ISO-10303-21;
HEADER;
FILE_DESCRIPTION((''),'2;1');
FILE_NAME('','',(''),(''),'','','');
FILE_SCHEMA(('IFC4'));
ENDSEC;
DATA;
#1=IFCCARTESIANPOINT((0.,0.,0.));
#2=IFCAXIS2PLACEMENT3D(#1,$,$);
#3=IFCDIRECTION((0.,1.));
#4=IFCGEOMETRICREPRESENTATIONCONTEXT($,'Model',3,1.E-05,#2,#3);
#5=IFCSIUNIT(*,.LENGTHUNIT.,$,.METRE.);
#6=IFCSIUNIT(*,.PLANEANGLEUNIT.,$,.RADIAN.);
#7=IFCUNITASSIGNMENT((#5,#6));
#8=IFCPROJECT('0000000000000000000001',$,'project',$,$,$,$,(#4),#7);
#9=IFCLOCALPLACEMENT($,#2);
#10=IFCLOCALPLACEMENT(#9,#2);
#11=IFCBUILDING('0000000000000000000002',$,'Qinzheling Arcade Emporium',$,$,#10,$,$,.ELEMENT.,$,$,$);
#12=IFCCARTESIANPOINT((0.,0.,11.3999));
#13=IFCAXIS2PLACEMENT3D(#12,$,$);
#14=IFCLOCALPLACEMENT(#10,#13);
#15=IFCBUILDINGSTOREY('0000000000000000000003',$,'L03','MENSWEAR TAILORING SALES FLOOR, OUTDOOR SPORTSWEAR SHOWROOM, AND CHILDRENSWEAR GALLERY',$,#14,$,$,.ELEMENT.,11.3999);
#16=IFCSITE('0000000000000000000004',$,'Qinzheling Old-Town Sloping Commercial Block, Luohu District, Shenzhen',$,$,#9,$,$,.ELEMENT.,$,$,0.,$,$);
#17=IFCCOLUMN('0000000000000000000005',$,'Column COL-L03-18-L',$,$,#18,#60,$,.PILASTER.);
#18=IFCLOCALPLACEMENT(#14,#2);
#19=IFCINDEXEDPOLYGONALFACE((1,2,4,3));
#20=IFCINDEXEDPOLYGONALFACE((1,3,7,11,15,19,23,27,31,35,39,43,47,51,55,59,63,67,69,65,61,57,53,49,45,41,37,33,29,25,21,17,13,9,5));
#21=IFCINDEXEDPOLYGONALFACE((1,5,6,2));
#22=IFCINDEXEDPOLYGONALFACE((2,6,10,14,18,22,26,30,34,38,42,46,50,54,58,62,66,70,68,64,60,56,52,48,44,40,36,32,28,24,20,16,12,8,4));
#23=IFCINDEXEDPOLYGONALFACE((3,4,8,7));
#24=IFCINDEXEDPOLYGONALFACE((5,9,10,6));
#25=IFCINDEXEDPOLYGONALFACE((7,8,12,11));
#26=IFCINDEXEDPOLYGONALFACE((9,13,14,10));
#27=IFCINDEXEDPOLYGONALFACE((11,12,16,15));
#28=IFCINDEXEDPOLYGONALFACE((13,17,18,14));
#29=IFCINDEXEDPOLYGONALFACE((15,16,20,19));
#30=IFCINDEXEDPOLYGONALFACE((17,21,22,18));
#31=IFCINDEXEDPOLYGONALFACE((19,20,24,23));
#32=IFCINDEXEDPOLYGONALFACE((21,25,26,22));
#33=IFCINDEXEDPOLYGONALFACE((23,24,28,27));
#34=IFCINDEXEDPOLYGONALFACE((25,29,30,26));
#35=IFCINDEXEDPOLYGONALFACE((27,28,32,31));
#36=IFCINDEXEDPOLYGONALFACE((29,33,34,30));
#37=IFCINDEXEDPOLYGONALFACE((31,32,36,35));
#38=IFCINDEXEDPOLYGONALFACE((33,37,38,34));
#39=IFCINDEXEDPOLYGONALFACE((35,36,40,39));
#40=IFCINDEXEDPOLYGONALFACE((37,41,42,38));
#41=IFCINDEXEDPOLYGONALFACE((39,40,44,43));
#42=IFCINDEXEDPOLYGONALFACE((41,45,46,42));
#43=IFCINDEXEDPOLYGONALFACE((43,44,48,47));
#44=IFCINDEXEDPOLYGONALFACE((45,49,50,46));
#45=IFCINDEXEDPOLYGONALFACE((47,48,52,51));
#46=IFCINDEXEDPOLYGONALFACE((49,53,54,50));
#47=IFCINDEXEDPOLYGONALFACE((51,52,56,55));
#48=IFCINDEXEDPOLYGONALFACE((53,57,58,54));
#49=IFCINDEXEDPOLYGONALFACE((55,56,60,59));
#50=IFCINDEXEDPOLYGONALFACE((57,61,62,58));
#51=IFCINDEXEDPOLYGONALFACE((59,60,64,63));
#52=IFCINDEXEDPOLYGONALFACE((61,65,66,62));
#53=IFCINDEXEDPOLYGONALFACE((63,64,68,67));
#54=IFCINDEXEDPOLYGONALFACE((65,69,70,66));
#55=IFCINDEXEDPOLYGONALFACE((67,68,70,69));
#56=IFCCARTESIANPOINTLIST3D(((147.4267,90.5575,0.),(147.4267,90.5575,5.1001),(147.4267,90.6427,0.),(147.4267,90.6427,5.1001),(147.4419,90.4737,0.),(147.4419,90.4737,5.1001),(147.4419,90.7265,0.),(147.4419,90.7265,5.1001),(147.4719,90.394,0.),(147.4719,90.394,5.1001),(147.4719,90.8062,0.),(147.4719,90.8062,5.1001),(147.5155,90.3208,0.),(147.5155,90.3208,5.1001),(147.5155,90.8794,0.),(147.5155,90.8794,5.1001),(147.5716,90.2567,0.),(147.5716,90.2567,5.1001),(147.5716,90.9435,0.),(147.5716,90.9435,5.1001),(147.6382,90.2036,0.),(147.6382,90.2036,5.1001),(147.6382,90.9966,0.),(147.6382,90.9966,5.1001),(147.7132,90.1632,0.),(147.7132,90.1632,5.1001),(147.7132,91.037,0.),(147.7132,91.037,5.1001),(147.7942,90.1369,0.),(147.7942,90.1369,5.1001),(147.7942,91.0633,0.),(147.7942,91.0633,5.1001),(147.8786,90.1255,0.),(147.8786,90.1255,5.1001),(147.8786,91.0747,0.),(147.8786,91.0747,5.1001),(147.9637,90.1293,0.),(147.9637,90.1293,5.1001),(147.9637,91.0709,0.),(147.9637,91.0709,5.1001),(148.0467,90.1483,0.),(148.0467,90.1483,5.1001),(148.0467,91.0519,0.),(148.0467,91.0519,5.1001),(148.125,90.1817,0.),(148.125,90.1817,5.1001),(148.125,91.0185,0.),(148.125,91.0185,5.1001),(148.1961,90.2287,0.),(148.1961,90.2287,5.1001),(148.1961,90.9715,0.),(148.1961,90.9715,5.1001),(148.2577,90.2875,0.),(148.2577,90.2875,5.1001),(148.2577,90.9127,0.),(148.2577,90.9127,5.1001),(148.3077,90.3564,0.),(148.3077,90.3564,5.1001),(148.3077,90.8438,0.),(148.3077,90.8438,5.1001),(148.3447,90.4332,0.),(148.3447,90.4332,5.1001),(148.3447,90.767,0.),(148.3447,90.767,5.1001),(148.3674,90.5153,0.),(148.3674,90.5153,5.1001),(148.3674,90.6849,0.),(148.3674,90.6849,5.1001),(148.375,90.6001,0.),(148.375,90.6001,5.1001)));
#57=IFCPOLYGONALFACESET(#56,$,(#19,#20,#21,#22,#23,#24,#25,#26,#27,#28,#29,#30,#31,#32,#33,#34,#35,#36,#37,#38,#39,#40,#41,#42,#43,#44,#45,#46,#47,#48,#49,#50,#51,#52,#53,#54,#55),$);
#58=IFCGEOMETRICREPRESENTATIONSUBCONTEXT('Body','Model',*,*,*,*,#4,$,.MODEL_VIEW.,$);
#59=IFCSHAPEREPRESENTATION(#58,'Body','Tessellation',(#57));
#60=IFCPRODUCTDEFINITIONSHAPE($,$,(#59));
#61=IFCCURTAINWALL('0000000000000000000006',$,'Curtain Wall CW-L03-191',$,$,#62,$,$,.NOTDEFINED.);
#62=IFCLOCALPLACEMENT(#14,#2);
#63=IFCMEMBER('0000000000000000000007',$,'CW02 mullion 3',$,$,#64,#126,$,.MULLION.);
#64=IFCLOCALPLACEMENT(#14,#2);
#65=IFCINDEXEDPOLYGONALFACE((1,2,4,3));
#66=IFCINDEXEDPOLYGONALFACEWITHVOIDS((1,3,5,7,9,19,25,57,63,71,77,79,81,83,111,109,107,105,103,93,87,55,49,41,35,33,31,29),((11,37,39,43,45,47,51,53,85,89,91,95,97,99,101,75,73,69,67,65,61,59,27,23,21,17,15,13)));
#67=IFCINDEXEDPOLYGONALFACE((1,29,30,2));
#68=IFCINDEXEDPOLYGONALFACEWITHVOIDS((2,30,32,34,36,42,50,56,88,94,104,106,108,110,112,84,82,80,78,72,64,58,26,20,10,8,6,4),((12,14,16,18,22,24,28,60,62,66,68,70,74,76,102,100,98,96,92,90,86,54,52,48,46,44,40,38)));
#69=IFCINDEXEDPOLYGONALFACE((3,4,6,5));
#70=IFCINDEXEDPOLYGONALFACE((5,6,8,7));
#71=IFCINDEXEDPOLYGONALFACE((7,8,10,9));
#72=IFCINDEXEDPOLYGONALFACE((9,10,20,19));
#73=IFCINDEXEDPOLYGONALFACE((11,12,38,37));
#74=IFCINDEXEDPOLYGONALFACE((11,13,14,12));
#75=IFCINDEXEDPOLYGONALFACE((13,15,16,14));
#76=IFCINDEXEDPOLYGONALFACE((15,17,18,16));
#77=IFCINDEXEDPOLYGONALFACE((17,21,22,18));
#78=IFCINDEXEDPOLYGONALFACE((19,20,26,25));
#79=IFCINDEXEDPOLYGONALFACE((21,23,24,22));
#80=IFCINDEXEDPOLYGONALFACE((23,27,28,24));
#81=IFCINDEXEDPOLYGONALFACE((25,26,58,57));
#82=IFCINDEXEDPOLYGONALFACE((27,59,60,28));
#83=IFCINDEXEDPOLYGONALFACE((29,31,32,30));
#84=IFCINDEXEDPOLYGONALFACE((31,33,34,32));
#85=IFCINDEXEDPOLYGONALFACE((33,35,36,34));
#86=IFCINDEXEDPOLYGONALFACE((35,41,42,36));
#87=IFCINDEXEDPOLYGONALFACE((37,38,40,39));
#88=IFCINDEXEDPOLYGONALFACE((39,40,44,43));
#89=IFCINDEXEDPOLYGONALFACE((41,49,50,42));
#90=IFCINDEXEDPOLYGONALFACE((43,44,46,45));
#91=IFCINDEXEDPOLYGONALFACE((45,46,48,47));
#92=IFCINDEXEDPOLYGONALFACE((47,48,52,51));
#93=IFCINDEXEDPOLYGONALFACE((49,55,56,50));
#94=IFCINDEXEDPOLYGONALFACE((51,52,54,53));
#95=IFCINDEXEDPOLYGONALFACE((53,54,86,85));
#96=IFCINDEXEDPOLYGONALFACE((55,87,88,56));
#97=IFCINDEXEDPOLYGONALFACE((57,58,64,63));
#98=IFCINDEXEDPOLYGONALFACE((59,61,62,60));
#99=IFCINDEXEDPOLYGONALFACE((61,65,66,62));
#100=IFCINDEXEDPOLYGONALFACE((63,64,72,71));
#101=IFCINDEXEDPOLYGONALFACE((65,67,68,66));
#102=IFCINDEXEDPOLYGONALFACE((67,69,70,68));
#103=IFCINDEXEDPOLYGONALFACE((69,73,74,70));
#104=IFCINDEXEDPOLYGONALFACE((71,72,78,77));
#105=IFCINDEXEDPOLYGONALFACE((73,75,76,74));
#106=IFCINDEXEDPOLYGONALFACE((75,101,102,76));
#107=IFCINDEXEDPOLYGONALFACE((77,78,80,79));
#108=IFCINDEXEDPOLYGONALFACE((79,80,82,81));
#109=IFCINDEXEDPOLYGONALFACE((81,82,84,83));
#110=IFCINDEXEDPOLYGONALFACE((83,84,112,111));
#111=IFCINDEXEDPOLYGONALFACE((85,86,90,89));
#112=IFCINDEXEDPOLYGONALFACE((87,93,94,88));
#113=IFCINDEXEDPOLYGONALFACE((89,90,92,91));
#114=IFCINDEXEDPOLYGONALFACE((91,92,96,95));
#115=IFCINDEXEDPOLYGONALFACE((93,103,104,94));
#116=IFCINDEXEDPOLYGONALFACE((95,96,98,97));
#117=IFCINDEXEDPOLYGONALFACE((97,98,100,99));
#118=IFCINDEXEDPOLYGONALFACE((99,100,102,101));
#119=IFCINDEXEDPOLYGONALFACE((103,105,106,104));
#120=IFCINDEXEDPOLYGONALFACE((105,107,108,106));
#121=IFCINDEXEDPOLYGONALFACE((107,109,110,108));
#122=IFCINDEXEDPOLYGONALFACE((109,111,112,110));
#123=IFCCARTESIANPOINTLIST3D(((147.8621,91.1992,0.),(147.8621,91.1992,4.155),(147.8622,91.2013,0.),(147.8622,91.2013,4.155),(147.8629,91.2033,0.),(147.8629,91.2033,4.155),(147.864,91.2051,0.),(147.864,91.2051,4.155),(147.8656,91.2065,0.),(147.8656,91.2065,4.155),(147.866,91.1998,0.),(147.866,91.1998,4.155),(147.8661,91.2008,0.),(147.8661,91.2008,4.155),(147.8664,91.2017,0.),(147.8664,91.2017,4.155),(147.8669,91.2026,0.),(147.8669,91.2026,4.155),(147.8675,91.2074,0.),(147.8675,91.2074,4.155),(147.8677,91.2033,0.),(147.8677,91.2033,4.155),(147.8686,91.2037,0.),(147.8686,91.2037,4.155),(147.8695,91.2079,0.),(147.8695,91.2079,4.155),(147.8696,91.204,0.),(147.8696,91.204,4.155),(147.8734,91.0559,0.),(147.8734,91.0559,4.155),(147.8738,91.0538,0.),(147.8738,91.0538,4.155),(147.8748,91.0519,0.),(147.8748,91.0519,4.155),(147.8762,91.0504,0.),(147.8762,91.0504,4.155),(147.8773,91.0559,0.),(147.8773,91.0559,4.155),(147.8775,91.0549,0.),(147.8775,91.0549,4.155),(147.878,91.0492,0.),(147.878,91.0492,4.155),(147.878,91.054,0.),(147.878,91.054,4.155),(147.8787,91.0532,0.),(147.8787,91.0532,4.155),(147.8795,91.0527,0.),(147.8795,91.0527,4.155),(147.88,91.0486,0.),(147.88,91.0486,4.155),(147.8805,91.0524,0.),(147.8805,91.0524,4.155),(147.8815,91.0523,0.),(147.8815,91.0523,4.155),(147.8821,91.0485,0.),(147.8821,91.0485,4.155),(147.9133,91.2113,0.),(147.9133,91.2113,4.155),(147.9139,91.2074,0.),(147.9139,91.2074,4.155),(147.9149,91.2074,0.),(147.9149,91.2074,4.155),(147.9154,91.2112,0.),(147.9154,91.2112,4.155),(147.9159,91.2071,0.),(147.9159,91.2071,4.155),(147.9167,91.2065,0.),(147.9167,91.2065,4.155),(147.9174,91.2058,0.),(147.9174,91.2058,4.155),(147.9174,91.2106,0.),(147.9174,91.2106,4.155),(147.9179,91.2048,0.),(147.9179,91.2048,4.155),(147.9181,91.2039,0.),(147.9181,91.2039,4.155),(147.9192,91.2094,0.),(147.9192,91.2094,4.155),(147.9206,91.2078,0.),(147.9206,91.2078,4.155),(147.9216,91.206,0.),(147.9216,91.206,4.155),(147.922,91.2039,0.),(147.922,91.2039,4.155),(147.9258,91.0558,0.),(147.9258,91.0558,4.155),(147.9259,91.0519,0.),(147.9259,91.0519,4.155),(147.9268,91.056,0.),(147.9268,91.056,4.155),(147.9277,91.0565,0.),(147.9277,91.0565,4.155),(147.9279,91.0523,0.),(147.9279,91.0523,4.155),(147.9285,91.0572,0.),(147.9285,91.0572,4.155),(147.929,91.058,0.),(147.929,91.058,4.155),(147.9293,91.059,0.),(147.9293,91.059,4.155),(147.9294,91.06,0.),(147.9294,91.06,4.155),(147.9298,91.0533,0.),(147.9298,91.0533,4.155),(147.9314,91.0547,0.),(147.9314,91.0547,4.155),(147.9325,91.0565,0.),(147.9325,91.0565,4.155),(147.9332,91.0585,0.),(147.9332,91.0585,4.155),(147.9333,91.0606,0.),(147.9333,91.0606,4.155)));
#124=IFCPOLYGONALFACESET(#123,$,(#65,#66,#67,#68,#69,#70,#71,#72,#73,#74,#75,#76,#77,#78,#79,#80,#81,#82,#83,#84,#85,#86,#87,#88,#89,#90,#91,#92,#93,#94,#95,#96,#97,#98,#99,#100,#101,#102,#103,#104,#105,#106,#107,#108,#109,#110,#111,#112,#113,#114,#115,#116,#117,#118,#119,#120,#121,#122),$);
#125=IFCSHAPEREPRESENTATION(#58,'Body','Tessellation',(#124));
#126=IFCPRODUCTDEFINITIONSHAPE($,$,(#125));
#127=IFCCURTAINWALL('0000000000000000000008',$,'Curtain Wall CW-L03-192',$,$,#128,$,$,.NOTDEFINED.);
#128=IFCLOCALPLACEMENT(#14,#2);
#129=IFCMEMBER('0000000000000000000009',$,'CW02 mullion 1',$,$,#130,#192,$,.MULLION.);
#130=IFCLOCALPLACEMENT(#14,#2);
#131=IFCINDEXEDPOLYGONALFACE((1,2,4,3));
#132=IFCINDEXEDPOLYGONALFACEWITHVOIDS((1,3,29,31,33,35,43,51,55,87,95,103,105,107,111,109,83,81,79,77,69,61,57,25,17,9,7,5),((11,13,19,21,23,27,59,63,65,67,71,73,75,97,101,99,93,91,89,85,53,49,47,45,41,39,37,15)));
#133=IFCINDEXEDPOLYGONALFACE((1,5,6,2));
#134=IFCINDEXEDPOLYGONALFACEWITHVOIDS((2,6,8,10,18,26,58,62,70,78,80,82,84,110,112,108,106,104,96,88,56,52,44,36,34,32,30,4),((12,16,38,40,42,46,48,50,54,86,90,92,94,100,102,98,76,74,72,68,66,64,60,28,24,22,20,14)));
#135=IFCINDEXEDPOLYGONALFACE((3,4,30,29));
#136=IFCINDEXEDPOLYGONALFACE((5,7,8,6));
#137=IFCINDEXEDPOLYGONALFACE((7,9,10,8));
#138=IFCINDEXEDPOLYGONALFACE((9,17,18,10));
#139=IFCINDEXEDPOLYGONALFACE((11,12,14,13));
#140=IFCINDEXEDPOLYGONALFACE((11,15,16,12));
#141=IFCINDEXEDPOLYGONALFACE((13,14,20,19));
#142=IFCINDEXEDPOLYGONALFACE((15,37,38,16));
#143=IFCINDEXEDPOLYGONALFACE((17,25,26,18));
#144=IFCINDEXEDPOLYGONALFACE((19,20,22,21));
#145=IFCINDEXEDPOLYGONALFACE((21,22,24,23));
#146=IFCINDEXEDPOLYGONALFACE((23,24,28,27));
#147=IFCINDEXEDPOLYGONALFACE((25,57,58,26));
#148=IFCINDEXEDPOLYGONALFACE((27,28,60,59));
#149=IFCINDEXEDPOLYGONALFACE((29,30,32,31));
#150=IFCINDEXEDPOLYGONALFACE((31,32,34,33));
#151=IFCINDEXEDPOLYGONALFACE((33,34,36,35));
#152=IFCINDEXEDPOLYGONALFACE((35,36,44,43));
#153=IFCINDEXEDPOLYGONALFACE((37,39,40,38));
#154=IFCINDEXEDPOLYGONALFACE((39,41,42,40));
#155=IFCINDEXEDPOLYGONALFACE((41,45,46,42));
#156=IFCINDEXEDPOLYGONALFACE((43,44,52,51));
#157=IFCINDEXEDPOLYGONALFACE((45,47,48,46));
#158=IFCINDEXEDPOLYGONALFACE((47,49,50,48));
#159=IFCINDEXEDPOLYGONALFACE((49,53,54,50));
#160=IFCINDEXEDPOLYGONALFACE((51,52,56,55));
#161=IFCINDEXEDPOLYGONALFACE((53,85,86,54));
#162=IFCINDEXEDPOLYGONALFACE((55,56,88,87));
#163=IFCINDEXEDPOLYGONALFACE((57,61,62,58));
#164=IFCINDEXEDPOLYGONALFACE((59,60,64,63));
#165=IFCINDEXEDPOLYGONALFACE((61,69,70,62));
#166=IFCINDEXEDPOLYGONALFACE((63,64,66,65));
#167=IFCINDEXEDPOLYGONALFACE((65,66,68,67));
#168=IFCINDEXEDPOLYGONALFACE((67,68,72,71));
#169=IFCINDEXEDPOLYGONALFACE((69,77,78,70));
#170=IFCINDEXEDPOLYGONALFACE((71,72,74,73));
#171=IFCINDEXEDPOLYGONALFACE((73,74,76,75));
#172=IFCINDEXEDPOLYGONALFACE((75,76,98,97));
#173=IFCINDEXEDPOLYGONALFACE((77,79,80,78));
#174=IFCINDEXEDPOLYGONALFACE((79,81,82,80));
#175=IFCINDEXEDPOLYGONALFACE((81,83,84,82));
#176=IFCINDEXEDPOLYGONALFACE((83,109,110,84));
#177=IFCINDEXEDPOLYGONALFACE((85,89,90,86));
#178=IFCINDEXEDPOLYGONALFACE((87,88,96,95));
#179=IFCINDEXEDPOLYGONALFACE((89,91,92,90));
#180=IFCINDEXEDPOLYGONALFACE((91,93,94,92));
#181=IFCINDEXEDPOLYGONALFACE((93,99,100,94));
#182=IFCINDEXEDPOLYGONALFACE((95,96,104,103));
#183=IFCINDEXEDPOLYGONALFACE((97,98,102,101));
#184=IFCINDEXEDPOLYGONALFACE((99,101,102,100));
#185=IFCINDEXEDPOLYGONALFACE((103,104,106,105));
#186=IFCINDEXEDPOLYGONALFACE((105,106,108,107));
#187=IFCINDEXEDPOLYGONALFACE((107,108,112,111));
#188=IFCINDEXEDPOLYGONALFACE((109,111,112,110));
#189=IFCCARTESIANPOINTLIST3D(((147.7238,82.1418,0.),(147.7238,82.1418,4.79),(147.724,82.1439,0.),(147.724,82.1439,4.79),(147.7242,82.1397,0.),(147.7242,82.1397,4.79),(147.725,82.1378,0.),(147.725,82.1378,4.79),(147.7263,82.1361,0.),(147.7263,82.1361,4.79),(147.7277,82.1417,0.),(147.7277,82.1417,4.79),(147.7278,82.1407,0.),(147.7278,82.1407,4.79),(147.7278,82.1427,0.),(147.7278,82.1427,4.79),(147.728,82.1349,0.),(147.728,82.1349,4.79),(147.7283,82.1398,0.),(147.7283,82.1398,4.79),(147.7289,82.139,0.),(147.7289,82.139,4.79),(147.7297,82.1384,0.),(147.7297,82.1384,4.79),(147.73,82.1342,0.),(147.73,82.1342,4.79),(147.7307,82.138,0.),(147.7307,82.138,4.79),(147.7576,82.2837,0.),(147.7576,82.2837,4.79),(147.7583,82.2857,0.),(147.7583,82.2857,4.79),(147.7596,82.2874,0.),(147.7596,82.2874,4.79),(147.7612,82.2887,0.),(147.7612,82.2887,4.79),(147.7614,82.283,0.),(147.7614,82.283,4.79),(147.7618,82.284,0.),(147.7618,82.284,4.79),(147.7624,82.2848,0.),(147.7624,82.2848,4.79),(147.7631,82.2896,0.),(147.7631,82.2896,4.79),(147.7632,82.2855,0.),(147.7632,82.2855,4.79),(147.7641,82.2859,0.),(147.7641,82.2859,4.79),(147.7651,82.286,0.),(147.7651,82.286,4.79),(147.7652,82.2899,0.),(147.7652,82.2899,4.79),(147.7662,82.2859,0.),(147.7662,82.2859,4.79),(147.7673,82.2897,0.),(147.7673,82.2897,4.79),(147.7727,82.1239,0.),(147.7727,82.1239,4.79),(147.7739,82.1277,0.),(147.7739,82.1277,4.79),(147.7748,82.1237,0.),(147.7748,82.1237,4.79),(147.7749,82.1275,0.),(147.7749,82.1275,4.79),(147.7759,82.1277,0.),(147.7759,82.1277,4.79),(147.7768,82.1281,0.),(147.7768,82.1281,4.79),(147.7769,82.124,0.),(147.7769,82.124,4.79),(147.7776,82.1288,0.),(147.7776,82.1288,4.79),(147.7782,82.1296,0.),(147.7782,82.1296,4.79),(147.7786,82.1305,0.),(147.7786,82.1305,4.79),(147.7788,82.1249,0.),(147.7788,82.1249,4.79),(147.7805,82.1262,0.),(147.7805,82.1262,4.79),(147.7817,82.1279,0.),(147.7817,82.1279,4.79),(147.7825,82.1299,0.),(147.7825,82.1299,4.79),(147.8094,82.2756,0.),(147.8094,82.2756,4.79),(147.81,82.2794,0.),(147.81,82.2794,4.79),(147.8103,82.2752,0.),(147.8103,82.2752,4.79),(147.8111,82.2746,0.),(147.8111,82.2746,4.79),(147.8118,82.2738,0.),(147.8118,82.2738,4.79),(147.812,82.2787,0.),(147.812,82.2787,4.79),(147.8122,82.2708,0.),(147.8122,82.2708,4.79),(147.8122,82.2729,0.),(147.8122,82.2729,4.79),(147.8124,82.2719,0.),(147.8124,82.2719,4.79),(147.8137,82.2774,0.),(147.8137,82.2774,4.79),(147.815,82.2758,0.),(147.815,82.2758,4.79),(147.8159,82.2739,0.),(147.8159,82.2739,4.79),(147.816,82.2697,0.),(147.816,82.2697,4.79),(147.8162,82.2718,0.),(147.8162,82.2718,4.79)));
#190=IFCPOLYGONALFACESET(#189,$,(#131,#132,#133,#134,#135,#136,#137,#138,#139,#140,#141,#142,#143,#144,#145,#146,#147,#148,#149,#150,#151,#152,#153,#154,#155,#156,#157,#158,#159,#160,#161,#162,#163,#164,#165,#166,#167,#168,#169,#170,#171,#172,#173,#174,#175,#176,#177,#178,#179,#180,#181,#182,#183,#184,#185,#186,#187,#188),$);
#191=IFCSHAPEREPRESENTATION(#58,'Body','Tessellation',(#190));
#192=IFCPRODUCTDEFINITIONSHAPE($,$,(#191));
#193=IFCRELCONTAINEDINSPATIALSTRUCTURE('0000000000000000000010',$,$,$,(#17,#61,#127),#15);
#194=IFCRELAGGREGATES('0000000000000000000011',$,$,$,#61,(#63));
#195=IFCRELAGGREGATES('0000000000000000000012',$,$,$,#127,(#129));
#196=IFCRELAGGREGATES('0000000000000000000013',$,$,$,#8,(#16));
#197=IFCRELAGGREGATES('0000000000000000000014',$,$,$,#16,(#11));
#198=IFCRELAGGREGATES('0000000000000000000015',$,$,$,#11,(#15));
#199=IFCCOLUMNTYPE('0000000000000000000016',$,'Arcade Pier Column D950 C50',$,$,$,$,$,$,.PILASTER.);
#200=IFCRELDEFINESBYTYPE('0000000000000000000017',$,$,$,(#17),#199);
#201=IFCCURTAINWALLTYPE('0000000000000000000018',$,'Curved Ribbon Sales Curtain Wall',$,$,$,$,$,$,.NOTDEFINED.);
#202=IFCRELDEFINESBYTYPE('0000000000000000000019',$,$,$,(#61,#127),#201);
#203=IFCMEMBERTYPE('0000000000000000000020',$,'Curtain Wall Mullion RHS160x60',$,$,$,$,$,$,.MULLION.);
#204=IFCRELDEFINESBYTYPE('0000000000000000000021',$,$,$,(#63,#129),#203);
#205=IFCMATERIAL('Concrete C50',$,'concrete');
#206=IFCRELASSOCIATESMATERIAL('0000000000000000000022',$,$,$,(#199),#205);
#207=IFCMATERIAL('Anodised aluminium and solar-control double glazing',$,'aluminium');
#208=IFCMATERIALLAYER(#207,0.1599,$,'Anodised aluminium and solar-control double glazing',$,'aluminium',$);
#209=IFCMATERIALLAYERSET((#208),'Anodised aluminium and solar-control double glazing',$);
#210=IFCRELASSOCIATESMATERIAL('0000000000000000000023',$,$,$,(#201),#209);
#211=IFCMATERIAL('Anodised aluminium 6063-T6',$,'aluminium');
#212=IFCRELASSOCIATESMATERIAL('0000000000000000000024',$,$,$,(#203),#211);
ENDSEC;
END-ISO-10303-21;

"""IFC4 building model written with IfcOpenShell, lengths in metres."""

from ifc_helpers import new_model, si_unit, direction, frame, origin, origin_2d, place, context, subcontext, project, spatial, hollow_rectangle, circle, extrude, material, layer, layer_set, material_profile, profile_set, type_object, element, aggregate, save


model = new_model("IFC4")

# Units and contexts
model_context = context("Model", 3, precision=1e-05, world=origin(), true_north=direction((0.0, 1.0)))
body_context = subcontext(model_context, "Body", "Model", "MODEL_VIEW")
ifc_project = project(units=[si_unit("LENGTHUNIT", "METRE"), si_unit("PLANEANGLEUNIT", "RADIAN")], contexts=[model_context])

# Site, building, storey
site_placement = place(None, origin())
site = spatial("IfcSite", under=ifc_project, at=site_placement, Name="Qinzheling Old-Town Sloping Commercial Block, Luohu District, Shenzhen", CompositionType="ELEMENT", RefElevation=0.0)
building_placement = place(site_placement, origin())
building = spatial("IfcBuilding", under=site, at=building_placement, Name="Qinzheling Arcade Emporium", CompositionType="ELEMENT")
storey_placement = place(building_placement, frame((0.0, 0.0, 11.3999)))
storey = spatial("IfcBuildingStorey", under=building, at=storey_placement, Name="L03", Description="MENSWEAR TAILORING SALES FLOOR, OUTDOOR SPORTSWEAR SHOWROOM, AND CHILDRENSWEAR GALLERY", CompositionType="ELEMENT", Elevation=11.3999)

# Column
ifc_material_1 = material(Name="Concrete C50", Category="concrete")
ifc_material_profile_1 = material_profile(ifc_material_1, circle(Radius=0.4751, at=origin_2d()), Name="RC D950", Category="concrete")
ifc_profile_set_1 = profile_set([ifc_material_profile_1], Name="Concrete C50")
column_type = type_object("IfcColumnType", Name="Arcade Pier Column D950 C50", PredefinedType="PILASTER", material=ifc_profile_set_1)
column_placement = place(storey_placement, frame((147.8999, 90.6001, 0.0), z_axis=(0.0, 0.0, 1.0), x_axis=(1.0, 0.0, 0.0)))
element("IfcColumn", 1, at=column_placement, inside=storey, type_object=column_type, Name="Column COL-L03-18-L", PredefinedType="PILASTER", context=body_context, shape_type="SweptSolid", body=[
    extrude(circle(Radius=0.4751, at=origin_2d()), origin(), (0.0, 0.0, 1.0), 5.1001),
])

# Curtain wall, member
ifc_material_2 = material(Name="Anodised aluminium and solar-control double glazing", Category="aluminium")
ifc_layer_1 = layer(ifc_material_2, 0.1599, Name="Anodised aluminium and solar-control double glazing", Category="aluminium")
ifc_layer_set_1 = layer_set([ifc_layer_1], Name="Anodised aluminium and solar-control double glazing")
curtain_wall_type = type_object("IfcCurtainWallType", Name="Curved Ribbon Sales Curtain Wall", PredefinedType="NOTDEFINED", material=ifc_layer_set_1)
curtain_wall_1_placement = place(storey_placement, origin())
curtain_wall_1 = element("IfcCurtainWall", 2, at=curtain_wall_1_placement, inside=storey, type_object=curtain_wall_type, Name="Curtain Wall CW-L03-191", PredefinedType="NOTDEFINED")
ifc_material_3 = material(Name="Anodised aluminium 6063-T6", Category="aluminium")
ifc_material_profile_2 = material_profile(ifc_material_3, hollow_rectangle(XDim=0.0601, YDim=0.1599, WallThickness=0.0039, InnerFilletRadius=0.0039, OuterFilletRadius=0.0081, at=origin_2d()), Name="RHS 160x60x4", Category="aluminium")
ifc_profile_set_2 = profile_set([ifc_material_profile_2], Name="Anodised aluminium 6063-T6")
member_type_1 = type_object("IfcMemberType", Name="Curtain Wall Mullion RHS160x60", PredefinedType="MULLION", material=ifc_profile_set_2)
member_1_placement = place(storey_placement, frame((147.8977, 91.1299, 0.0), z_axis=(0.0, 0.0, 1.0), x_axis=(0.996924, 0.078376, 0.0)))
member_1 = element("IfcMember", 3, at=member_1_placement, type_object=member_type_1, Name="CW02 mullion 3", PredefinedType="MULLION", context=body_context, shape_type="SweptSolid", body=[
    extrude(hollow_rectangle(XDim=0.0601, YDim=0.1599, WallThickness=0.0039, InnerFilletRadius=0.0039, OuterFilletRadius=0.0081, at=origin_2d()), origin(), (0.0, 0.0, 1.0), 4.155),
])

# Curtain wall, member
curtain_wall_2_placement = place(storey_placement, origin())
curtain_wall_2 = element("IfcCurtainWall", 4, at=curtain_wall_2_placement, inside=storey, type_object=curtain_wall_type, Name="Curtain Wall CW-L03-192", PredefinedType="NOTDEFINED")
member_2_placement = place(storey_placement, frame((147.77, 82.2068, 0.0), z_axis=(0.0, 0.0, 1.0), x_axis=(0.972422, -0.233228, 0.0)))
member_2 = element("IfcMember", 5, at=member_2_placement, type_object=member_type_1, Name="CW02 mullion 1", PredefinedType="MULLION", context=body_context, shape_type="SweptSolid", body=[
    extrude(hollow_rectangle(XDim=0.0601, YDim=0.1599, WallThickness=0.0039, InnerFilletRadius=0.0039, OuterFilletRadius=0.0081, at=origin_2d()), origin(), (0.0, 0.0, 1.0), 4.79),
])

aggregate(curtain_wall_1, [member_1])
aggregate(curtain_wall_2, [member_2])

save(model, "model.ifc")
